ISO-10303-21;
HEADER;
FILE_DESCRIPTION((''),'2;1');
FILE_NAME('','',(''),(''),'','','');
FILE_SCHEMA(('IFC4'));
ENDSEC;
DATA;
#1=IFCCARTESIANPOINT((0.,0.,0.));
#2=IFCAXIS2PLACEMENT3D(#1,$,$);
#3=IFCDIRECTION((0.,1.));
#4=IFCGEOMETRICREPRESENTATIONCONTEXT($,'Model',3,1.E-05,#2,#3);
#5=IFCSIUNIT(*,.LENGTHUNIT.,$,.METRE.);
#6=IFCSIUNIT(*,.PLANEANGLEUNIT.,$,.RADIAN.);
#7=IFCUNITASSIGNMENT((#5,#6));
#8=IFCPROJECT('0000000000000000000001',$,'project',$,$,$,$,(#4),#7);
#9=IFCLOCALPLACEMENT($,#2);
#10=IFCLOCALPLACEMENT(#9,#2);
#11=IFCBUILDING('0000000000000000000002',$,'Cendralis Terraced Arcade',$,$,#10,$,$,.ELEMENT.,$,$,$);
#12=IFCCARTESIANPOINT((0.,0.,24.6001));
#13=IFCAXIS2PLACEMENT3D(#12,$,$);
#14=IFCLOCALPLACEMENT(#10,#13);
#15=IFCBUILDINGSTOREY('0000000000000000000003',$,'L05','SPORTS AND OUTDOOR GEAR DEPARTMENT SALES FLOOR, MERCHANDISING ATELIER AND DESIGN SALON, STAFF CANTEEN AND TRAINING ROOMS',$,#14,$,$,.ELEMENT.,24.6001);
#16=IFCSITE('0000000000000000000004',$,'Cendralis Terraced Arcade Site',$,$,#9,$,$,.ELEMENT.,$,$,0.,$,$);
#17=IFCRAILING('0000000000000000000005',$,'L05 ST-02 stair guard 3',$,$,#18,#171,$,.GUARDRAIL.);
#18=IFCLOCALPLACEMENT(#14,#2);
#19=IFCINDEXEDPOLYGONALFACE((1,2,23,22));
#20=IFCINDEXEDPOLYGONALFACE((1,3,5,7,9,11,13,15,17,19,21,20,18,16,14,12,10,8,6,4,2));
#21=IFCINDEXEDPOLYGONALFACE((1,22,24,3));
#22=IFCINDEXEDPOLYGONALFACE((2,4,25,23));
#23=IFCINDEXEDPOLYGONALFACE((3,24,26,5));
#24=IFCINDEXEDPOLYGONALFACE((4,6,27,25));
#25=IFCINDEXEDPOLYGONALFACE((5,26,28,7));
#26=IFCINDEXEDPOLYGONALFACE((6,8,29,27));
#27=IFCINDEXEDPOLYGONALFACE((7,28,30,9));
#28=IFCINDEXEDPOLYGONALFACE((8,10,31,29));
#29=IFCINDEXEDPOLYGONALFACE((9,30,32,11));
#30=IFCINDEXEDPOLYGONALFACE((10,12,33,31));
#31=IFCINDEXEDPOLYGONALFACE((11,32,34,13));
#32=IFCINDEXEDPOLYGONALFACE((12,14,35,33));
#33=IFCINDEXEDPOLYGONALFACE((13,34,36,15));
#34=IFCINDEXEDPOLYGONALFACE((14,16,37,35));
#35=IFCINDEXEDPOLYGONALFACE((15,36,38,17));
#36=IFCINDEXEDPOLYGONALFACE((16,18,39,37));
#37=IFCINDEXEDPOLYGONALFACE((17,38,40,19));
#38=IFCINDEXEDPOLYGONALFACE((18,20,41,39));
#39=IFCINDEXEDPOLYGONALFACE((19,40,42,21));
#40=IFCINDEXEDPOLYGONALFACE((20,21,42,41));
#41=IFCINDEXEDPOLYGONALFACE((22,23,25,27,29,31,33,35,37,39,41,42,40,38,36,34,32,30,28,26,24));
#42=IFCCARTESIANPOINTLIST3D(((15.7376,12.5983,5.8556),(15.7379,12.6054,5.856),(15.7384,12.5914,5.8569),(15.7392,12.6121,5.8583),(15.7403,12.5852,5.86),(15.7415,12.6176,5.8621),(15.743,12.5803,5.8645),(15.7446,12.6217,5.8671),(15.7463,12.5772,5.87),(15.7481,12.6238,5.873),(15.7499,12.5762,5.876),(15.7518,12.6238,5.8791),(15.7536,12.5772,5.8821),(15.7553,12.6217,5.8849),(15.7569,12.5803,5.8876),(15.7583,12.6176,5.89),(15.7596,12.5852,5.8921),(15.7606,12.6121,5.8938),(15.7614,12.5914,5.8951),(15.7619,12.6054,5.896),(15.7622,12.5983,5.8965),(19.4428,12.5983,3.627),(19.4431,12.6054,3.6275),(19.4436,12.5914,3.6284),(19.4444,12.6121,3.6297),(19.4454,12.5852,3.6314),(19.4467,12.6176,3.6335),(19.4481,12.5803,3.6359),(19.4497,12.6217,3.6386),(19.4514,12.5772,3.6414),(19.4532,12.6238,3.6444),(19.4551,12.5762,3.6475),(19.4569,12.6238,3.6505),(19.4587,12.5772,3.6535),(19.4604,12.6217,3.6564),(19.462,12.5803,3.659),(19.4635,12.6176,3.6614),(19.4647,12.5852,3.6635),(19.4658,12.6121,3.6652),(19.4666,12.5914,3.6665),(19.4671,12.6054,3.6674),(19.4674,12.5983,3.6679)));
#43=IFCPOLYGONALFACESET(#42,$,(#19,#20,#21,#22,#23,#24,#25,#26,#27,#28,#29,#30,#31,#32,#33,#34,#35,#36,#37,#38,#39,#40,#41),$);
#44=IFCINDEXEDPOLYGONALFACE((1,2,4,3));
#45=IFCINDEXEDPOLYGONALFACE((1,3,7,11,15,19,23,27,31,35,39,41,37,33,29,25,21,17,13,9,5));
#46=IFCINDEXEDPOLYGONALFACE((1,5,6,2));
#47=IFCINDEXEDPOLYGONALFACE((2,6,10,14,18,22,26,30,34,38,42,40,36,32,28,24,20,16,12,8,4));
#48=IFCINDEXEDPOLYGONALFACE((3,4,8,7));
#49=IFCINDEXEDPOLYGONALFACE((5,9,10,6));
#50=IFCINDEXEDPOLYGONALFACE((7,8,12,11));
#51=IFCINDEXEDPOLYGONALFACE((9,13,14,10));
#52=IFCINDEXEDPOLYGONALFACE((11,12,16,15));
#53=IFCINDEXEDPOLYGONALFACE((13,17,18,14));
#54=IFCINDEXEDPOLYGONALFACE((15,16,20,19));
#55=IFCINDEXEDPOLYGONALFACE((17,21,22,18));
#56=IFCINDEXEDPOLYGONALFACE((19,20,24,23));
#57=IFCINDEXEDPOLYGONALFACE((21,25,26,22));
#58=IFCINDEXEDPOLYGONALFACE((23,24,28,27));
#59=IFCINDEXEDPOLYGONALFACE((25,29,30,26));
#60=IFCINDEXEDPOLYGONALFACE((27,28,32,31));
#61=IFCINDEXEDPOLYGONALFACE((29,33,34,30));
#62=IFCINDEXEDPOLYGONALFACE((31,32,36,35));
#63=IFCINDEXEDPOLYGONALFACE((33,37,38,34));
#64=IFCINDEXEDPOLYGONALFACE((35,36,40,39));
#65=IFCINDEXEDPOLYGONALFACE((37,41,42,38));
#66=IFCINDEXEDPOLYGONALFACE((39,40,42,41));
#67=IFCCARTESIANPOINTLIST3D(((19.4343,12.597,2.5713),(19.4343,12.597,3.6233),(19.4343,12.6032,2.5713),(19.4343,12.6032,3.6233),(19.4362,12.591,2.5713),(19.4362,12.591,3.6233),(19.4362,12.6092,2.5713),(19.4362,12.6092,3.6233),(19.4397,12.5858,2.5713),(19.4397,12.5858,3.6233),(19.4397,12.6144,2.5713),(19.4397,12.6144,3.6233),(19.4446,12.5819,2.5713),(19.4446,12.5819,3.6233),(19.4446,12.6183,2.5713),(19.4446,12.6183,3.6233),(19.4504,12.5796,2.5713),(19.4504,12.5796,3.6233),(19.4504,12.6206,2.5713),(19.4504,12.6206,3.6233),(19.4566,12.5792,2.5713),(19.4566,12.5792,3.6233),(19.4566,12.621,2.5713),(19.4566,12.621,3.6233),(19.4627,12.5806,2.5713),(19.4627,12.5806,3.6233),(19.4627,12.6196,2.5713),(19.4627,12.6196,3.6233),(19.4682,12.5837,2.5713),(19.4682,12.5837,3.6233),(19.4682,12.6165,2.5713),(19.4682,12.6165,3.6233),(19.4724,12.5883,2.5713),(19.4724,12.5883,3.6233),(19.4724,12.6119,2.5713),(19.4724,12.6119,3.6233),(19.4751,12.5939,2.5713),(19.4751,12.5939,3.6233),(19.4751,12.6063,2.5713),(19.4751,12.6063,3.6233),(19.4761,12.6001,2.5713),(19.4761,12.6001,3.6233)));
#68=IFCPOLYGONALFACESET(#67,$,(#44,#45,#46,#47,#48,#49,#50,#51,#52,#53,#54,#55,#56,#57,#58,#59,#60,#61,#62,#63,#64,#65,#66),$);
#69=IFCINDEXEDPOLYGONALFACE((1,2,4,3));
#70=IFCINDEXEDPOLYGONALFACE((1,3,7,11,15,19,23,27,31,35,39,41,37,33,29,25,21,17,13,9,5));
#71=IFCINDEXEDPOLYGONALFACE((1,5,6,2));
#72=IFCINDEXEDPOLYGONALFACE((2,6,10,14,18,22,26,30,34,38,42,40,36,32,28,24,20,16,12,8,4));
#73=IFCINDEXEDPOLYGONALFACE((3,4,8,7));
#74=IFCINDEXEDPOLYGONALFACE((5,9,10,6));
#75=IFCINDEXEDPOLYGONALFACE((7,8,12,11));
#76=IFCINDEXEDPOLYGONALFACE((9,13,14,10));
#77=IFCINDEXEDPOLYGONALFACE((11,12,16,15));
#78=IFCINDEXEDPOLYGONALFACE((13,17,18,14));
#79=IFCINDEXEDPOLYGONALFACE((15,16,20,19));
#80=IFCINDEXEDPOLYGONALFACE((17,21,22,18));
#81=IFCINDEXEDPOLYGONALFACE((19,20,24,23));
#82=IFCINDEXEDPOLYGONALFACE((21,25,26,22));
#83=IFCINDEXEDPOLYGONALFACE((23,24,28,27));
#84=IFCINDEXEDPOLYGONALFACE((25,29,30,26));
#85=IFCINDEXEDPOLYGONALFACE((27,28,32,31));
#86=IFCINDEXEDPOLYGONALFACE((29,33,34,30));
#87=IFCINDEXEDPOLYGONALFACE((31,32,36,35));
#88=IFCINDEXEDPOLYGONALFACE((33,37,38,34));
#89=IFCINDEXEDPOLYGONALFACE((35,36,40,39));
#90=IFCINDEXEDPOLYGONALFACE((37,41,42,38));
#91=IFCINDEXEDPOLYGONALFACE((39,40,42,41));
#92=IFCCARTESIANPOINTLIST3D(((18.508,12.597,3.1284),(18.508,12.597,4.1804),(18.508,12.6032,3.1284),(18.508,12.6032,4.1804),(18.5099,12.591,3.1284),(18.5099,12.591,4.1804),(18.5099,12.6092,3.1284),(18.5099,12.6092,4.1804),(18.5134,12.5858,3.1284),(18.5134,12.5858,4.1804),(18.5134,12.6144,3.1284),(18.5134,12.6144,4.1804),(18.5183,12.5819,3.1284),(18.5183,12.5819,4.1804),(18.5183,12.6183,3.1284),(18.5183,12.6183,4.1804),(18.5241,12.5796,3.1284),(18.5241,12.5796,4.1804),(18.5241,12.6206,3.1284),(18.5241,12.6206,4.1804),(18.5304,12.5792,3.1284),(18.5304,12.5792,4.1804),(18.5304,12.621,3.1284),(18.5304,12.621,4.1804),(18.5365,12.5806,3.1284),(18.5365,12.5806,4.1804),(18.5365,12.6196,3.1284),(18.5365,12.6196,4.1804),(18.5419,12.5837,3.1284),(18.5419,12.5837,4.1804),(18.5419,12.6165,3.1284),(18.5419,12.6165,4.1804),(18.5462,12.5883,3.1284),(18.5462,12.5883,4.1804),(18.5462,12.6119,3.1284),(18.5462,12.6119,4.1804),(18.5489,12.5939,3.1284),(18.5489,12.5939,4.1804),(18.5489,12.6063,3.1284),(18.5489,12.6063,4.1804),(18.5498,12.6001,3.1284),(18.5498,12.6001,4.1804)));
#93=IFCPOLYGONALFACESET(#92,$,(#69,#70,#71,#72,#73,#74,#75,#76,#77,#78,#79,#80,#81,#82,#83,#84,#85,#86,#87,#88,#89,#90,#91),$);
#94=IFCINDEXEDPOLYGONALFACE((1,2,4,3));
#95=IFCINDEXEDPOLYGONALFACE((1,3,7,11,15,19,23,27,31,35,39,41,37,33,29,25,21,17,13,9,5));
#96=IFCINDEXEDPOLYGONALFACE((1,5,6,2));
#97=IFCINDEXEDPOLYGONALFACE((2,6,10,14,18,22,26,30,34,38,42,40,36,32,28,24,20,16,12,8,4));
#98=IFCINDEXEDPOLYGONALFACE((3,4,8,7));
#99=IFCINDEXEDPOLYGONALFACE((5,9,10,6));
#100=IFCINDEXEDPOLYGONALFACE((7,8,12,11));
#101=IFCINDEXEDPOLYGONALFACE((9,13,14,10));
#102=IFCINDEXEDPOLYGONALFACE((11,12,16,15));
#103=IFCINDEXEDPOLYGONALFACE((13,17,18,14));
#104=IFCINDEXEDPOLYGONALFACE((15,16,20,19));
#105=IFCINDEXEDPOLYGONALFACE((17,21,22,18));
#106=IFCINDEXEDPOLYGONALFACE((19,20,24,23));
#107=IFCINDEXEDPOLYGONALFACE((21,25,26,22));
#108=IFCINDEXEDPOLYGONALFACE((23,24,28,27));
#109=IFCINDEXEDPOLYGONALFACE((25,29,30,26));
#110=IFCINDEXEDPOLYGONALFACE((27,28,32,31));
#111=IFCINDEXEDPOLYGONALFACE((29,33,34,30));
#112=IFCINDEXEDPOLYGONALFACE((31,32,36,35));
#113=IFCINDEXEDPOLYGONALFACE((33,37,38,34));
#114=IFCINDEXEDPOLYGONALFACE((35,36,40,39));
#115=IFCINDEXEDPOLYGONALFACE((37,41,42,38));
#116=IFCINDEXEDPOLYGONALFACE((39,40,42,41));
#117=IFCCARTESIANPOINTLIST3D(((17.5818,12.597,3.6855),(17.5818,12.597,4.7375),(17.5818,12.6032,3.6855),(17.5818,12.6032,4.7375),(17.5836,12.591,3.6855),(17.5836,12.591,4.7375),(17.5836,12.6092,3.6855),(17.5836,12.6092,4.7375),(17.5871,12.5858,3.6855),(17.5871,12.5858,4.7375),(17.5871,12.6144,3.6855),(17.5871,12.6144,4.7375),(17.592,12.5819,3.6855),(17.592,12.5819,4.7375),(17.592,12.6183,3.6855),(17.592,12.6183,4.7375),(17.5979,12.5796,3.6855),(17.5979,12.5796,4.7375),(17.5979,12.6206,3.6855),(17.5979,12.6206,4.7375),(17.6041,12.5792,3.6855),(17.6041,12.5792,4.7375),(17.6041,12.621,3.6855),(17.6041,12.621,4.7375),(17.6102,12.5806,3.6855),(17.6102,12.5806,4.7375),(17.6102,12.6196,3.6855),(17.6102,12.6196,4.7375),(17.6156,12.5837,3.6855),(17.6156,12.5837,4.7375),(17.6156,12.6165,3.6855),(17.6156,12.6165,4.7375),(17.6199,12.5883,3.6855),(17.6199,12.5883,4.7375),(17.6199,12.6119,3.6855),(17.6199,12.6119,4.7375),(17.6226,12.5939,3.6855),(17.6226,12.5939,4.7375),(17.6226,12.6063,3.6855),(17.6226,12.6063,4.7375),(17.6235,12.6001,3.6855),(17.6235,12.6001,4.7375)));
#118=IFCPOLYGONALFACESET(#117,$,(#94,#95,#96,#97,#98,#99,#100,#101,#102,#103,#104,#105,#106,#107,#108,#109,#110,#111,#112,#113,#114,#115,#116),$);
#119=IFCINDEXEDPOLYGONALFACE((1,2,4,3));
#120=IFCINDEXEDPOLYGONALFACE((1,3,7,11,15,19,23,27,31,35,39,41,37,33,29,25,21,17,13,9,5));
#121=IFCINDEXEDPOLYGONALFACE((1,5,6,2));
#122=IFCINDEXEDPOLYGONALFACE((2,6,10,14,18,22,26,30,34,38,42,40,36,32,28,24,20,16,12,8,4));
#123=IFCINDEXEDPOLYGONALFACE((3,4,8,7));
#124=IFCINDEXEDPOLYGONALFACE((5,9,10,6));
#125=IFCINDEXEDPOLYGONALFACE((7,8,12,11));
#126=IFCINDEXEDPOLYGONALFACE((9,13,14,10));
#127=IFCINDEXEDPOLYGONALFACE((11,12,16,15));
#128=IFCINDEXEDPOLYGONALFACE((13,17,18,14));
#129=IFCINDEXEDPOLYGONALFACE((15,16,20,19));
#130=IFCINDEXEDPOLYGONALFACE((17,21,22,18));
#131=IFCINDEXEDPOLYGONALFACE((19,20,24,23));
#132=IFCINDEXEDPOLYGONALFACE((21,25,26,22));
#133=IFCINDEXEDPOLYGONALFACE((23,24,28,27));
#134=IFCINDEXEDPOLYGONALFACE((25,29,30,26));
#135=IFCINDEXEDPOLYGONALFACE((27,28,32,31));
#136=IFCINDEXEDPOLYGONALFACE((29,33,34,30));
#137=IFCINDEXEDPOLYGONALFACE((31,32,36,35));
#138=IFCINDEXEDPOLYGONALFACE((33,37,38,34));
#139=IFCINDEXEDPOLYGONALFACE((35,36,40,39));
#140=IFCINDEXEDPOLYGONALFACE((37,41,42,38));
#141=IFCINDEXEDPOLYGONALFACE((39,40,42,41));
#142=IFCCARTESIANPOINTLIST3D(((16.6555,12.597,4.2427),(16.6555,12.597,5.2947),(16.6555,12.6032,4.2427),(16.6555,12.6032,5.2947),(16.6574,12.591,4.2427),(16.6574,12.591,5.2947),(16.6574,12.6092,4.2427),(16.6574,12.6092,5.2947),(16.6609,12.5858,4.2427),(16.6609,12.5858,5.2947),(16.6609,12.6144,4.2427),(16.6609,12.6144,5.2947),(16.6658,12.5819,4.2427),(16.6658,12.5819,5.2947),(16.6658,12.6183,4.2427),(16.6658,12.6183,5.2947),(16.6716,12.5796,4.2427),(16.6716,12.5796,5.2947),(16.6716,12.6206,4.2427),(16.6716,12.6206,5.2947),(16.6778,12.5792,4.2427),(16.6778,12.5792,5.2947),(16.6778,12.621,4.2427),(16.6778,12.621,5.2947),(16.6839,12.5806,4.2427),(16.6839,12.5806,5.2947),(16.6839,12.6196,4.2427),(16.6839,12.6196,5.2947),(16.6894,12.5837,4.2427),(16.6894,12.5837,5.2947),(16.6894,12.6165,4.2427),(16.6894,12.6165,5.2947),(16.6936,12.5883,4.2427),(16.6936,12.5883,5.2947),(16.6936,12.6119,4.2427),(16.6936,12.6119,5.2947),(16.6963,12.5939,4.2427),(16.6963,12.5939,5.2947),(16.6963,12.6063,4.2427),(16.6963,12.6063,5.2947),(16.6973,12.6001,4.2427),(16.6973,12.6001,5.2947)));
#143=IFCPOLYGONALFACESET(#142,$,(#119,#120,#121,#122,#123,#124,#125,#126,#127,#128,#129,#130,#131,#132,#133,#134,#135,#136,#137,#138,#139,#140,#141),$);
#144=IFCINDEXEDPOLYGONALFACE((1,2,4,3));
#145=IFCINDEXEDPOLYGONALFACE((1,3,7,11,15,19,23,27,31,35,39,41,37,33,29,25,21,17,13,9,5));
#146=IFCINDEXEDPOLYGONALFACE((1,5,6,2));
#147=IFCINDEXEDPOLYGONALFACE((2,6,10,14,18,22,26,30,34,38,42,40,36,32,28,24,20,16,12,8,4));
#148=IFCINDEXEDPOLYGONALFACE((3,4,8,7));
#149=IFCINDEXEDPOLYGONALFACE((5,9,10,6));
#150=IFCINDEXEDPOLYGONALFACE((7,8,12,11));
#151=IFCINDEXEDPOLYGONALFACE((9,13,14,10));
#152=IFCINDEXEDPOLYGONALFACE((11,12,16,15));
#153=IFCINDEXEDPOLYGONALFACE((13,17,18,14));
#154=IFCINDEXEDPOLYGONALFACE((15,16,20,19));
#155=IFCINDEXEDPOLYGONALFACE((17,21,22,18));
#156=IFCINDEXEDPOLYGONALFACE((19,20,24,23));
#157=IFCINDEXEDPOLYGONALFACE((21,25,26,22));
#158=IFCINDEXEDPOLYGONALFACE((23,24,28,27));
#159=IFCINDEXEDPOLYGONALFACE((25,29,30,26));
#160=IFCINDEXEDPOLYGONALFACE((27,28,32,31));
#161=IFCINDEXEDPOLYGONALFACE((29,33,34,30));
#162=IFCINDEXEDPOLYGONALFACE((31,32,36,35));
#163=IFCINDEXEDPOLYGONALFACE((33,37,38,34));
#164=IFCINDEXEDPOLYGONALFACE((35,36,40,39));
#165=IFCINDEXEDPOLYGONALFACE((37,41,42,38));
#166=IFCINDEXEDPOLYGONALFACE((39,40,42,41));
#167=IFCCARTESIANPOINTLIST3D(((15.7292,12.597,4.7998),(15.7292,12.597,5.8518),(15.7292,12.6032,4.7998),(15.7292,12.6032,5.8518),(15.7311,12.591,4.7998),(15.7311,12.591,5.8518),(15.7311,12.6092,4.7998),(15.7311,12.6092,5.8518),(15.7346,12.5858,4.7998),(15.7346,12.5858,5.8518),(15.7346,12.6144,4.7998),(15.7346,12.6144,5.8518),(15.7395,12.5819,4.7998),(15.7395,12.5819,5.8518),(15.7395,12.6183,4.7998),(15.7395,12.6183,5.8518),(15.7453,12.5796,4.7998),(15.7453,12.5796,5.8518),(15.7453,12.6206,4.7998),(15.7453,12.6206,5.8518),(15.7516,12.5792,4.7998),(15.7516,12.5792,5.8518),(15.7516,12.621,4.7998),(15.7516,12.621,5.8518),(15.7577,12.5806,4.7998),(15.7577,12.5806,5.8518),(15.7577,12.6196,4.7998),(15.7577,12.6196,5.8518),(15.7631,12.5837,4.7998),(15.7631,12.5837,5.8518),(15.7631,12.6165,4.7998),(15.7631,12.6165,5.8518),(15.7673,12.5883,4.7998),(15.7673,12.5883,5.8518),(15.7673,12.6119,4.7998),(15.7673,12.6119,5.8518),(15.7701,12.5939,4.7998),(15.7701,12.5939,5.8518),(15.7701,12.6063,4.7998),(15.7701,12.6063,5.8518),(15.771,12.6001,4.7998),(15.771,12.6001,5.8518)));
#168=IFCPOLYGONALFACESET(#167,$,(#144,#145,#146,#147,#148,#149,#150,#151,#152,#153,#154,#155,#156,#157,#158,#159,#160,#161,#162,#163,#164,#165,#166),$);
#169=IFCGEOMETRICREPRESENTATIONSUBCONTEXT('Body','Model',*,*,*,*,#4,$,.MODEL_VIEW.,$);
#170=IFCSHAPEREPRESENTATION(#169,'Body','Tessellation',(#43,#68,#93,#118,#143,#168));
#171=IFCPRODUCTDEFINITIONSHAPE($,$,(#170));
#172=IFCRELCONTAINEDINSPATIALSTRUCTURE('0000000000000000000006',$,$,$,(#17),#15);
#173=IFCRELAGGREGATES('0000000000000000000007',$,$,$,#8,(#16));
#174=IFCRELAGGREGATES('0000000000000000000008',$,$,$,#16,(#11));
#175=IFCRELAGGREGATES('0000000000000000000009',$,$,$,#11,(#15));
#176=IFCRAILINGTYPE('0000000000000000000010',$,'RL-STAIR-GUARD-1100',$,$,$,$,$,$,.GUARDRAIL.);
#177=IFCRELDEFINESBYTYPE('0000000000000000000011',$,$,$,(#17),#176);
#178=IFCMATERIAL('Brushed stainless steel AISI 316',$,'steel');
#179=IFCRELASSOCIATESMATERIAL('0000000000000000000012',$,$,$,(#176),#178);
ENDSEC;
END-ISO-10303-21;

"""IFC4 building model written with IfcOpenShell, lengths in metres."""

from ifc_helpers import new_model, si_unit, direction, frame, origin, origin_2d, place, context, subcontext, project, spatial, circle, extrude, material, type_object, element, save


model = new_model("IFC4")

# Units and contexts
model_context = context("Model", 3, precision=1e-05, world=origin(), true_north=direction((0.0, 1.0)))
body_context = subcontext(model_context, "Body", "Model", "MODEL_VIEW")
ifc_project = project(units=[si_unit("LENGTHUNIT", "METRE"), si_unit("PLANEANGLEUNIT", "RADIAN")], contexts=[model_context])

# Site, building, storey
site_placement = place(None, origin())
site = spatial("IfcSite", under=ifc_project, at=site_placement, Name="Cendralis Terraced Arcade Site", CompositionType="ELEMENT", RefElevation=0.0)
building_placement = place(site_placement, origin())
building = spatial("IfcBuilding", under=site, at=building_placement, Name="Cendralis Terraced Arcade", CompositionType="ELEMENT")
storey_placement = place(building_placement, frame((0.0, 0.0, 24.6001)))
storey = spatial("IfcBuildingStorey", under=building, at=storey_placement, Name="L05", Description="SPORTS AND OUTDOOR GEAR DEPARTMENT SALES FLOOR, MERCHANDISING ATELIER AND DESIGN SALON, STAFF CANTEEN AND TRAINING ROOMS", CompositionType="ELEMENT", Elevation=24.6001)

# Railing
ifc_material_1 = material(Name="Brushed stainless steel AISI 316", Category="steel")
railing_type_1 = type_object("IfcRailingType", Name="RL-STAIR-GUARD-1100", PredefinedType="GUARDRAIL", material=ifc_material_1)
railing_1_placement = place(storey_placement, frame((19.4551, 12.6001, 2.5713)))
element("IfcRailing", 1, at=railing_1_placement, inside=storey, type_object=railing_type_1, Name="L05 ST-02 stair guard 3", PredefinedType="GUARDRAIL", context=body_context, shape_type="SweptSolid", body=[
    extrude(circle(Radius=0.0239, at=origin_2d()), frame((0.0, 0.0, 1.0762), z_axis=(-0.856934, 0.0, 0.515425), x_axis=(0.0, -1.0, 0.0)), (0.0, 0.0, 1.0), 4.3237),
    extrude(circle(Radius=0.021, at=origin_2d()), origin(), (0.0, 0.0, 1.0), 1.052),
    extrude(circle(Radius=0.021, at=origin_2d()), frame((-0.9263, 0.0, 0.5571)), (0.0, 0.0, 1.0), 1.052),
    extrude(circle(Radius=0.021, at=origin_2d()), frame((-1.8525, 0.0, 1.1143)), (0.0, 0.0, 1.0), 1.052),
    extrude(circle(Radius=0.021, at=origin_2d()), frame((-2.7788, 0.0, 1.6714)), (0.0, 0.0, 1.0), 1.052),
    extrude(circle(Radius=0.021, at=origin_2d()), frame((-3.7051, 0.0, 2.2285)), (0.0, 0.0, 1.0), 1.052),
])

save(model, "model.ifc")
